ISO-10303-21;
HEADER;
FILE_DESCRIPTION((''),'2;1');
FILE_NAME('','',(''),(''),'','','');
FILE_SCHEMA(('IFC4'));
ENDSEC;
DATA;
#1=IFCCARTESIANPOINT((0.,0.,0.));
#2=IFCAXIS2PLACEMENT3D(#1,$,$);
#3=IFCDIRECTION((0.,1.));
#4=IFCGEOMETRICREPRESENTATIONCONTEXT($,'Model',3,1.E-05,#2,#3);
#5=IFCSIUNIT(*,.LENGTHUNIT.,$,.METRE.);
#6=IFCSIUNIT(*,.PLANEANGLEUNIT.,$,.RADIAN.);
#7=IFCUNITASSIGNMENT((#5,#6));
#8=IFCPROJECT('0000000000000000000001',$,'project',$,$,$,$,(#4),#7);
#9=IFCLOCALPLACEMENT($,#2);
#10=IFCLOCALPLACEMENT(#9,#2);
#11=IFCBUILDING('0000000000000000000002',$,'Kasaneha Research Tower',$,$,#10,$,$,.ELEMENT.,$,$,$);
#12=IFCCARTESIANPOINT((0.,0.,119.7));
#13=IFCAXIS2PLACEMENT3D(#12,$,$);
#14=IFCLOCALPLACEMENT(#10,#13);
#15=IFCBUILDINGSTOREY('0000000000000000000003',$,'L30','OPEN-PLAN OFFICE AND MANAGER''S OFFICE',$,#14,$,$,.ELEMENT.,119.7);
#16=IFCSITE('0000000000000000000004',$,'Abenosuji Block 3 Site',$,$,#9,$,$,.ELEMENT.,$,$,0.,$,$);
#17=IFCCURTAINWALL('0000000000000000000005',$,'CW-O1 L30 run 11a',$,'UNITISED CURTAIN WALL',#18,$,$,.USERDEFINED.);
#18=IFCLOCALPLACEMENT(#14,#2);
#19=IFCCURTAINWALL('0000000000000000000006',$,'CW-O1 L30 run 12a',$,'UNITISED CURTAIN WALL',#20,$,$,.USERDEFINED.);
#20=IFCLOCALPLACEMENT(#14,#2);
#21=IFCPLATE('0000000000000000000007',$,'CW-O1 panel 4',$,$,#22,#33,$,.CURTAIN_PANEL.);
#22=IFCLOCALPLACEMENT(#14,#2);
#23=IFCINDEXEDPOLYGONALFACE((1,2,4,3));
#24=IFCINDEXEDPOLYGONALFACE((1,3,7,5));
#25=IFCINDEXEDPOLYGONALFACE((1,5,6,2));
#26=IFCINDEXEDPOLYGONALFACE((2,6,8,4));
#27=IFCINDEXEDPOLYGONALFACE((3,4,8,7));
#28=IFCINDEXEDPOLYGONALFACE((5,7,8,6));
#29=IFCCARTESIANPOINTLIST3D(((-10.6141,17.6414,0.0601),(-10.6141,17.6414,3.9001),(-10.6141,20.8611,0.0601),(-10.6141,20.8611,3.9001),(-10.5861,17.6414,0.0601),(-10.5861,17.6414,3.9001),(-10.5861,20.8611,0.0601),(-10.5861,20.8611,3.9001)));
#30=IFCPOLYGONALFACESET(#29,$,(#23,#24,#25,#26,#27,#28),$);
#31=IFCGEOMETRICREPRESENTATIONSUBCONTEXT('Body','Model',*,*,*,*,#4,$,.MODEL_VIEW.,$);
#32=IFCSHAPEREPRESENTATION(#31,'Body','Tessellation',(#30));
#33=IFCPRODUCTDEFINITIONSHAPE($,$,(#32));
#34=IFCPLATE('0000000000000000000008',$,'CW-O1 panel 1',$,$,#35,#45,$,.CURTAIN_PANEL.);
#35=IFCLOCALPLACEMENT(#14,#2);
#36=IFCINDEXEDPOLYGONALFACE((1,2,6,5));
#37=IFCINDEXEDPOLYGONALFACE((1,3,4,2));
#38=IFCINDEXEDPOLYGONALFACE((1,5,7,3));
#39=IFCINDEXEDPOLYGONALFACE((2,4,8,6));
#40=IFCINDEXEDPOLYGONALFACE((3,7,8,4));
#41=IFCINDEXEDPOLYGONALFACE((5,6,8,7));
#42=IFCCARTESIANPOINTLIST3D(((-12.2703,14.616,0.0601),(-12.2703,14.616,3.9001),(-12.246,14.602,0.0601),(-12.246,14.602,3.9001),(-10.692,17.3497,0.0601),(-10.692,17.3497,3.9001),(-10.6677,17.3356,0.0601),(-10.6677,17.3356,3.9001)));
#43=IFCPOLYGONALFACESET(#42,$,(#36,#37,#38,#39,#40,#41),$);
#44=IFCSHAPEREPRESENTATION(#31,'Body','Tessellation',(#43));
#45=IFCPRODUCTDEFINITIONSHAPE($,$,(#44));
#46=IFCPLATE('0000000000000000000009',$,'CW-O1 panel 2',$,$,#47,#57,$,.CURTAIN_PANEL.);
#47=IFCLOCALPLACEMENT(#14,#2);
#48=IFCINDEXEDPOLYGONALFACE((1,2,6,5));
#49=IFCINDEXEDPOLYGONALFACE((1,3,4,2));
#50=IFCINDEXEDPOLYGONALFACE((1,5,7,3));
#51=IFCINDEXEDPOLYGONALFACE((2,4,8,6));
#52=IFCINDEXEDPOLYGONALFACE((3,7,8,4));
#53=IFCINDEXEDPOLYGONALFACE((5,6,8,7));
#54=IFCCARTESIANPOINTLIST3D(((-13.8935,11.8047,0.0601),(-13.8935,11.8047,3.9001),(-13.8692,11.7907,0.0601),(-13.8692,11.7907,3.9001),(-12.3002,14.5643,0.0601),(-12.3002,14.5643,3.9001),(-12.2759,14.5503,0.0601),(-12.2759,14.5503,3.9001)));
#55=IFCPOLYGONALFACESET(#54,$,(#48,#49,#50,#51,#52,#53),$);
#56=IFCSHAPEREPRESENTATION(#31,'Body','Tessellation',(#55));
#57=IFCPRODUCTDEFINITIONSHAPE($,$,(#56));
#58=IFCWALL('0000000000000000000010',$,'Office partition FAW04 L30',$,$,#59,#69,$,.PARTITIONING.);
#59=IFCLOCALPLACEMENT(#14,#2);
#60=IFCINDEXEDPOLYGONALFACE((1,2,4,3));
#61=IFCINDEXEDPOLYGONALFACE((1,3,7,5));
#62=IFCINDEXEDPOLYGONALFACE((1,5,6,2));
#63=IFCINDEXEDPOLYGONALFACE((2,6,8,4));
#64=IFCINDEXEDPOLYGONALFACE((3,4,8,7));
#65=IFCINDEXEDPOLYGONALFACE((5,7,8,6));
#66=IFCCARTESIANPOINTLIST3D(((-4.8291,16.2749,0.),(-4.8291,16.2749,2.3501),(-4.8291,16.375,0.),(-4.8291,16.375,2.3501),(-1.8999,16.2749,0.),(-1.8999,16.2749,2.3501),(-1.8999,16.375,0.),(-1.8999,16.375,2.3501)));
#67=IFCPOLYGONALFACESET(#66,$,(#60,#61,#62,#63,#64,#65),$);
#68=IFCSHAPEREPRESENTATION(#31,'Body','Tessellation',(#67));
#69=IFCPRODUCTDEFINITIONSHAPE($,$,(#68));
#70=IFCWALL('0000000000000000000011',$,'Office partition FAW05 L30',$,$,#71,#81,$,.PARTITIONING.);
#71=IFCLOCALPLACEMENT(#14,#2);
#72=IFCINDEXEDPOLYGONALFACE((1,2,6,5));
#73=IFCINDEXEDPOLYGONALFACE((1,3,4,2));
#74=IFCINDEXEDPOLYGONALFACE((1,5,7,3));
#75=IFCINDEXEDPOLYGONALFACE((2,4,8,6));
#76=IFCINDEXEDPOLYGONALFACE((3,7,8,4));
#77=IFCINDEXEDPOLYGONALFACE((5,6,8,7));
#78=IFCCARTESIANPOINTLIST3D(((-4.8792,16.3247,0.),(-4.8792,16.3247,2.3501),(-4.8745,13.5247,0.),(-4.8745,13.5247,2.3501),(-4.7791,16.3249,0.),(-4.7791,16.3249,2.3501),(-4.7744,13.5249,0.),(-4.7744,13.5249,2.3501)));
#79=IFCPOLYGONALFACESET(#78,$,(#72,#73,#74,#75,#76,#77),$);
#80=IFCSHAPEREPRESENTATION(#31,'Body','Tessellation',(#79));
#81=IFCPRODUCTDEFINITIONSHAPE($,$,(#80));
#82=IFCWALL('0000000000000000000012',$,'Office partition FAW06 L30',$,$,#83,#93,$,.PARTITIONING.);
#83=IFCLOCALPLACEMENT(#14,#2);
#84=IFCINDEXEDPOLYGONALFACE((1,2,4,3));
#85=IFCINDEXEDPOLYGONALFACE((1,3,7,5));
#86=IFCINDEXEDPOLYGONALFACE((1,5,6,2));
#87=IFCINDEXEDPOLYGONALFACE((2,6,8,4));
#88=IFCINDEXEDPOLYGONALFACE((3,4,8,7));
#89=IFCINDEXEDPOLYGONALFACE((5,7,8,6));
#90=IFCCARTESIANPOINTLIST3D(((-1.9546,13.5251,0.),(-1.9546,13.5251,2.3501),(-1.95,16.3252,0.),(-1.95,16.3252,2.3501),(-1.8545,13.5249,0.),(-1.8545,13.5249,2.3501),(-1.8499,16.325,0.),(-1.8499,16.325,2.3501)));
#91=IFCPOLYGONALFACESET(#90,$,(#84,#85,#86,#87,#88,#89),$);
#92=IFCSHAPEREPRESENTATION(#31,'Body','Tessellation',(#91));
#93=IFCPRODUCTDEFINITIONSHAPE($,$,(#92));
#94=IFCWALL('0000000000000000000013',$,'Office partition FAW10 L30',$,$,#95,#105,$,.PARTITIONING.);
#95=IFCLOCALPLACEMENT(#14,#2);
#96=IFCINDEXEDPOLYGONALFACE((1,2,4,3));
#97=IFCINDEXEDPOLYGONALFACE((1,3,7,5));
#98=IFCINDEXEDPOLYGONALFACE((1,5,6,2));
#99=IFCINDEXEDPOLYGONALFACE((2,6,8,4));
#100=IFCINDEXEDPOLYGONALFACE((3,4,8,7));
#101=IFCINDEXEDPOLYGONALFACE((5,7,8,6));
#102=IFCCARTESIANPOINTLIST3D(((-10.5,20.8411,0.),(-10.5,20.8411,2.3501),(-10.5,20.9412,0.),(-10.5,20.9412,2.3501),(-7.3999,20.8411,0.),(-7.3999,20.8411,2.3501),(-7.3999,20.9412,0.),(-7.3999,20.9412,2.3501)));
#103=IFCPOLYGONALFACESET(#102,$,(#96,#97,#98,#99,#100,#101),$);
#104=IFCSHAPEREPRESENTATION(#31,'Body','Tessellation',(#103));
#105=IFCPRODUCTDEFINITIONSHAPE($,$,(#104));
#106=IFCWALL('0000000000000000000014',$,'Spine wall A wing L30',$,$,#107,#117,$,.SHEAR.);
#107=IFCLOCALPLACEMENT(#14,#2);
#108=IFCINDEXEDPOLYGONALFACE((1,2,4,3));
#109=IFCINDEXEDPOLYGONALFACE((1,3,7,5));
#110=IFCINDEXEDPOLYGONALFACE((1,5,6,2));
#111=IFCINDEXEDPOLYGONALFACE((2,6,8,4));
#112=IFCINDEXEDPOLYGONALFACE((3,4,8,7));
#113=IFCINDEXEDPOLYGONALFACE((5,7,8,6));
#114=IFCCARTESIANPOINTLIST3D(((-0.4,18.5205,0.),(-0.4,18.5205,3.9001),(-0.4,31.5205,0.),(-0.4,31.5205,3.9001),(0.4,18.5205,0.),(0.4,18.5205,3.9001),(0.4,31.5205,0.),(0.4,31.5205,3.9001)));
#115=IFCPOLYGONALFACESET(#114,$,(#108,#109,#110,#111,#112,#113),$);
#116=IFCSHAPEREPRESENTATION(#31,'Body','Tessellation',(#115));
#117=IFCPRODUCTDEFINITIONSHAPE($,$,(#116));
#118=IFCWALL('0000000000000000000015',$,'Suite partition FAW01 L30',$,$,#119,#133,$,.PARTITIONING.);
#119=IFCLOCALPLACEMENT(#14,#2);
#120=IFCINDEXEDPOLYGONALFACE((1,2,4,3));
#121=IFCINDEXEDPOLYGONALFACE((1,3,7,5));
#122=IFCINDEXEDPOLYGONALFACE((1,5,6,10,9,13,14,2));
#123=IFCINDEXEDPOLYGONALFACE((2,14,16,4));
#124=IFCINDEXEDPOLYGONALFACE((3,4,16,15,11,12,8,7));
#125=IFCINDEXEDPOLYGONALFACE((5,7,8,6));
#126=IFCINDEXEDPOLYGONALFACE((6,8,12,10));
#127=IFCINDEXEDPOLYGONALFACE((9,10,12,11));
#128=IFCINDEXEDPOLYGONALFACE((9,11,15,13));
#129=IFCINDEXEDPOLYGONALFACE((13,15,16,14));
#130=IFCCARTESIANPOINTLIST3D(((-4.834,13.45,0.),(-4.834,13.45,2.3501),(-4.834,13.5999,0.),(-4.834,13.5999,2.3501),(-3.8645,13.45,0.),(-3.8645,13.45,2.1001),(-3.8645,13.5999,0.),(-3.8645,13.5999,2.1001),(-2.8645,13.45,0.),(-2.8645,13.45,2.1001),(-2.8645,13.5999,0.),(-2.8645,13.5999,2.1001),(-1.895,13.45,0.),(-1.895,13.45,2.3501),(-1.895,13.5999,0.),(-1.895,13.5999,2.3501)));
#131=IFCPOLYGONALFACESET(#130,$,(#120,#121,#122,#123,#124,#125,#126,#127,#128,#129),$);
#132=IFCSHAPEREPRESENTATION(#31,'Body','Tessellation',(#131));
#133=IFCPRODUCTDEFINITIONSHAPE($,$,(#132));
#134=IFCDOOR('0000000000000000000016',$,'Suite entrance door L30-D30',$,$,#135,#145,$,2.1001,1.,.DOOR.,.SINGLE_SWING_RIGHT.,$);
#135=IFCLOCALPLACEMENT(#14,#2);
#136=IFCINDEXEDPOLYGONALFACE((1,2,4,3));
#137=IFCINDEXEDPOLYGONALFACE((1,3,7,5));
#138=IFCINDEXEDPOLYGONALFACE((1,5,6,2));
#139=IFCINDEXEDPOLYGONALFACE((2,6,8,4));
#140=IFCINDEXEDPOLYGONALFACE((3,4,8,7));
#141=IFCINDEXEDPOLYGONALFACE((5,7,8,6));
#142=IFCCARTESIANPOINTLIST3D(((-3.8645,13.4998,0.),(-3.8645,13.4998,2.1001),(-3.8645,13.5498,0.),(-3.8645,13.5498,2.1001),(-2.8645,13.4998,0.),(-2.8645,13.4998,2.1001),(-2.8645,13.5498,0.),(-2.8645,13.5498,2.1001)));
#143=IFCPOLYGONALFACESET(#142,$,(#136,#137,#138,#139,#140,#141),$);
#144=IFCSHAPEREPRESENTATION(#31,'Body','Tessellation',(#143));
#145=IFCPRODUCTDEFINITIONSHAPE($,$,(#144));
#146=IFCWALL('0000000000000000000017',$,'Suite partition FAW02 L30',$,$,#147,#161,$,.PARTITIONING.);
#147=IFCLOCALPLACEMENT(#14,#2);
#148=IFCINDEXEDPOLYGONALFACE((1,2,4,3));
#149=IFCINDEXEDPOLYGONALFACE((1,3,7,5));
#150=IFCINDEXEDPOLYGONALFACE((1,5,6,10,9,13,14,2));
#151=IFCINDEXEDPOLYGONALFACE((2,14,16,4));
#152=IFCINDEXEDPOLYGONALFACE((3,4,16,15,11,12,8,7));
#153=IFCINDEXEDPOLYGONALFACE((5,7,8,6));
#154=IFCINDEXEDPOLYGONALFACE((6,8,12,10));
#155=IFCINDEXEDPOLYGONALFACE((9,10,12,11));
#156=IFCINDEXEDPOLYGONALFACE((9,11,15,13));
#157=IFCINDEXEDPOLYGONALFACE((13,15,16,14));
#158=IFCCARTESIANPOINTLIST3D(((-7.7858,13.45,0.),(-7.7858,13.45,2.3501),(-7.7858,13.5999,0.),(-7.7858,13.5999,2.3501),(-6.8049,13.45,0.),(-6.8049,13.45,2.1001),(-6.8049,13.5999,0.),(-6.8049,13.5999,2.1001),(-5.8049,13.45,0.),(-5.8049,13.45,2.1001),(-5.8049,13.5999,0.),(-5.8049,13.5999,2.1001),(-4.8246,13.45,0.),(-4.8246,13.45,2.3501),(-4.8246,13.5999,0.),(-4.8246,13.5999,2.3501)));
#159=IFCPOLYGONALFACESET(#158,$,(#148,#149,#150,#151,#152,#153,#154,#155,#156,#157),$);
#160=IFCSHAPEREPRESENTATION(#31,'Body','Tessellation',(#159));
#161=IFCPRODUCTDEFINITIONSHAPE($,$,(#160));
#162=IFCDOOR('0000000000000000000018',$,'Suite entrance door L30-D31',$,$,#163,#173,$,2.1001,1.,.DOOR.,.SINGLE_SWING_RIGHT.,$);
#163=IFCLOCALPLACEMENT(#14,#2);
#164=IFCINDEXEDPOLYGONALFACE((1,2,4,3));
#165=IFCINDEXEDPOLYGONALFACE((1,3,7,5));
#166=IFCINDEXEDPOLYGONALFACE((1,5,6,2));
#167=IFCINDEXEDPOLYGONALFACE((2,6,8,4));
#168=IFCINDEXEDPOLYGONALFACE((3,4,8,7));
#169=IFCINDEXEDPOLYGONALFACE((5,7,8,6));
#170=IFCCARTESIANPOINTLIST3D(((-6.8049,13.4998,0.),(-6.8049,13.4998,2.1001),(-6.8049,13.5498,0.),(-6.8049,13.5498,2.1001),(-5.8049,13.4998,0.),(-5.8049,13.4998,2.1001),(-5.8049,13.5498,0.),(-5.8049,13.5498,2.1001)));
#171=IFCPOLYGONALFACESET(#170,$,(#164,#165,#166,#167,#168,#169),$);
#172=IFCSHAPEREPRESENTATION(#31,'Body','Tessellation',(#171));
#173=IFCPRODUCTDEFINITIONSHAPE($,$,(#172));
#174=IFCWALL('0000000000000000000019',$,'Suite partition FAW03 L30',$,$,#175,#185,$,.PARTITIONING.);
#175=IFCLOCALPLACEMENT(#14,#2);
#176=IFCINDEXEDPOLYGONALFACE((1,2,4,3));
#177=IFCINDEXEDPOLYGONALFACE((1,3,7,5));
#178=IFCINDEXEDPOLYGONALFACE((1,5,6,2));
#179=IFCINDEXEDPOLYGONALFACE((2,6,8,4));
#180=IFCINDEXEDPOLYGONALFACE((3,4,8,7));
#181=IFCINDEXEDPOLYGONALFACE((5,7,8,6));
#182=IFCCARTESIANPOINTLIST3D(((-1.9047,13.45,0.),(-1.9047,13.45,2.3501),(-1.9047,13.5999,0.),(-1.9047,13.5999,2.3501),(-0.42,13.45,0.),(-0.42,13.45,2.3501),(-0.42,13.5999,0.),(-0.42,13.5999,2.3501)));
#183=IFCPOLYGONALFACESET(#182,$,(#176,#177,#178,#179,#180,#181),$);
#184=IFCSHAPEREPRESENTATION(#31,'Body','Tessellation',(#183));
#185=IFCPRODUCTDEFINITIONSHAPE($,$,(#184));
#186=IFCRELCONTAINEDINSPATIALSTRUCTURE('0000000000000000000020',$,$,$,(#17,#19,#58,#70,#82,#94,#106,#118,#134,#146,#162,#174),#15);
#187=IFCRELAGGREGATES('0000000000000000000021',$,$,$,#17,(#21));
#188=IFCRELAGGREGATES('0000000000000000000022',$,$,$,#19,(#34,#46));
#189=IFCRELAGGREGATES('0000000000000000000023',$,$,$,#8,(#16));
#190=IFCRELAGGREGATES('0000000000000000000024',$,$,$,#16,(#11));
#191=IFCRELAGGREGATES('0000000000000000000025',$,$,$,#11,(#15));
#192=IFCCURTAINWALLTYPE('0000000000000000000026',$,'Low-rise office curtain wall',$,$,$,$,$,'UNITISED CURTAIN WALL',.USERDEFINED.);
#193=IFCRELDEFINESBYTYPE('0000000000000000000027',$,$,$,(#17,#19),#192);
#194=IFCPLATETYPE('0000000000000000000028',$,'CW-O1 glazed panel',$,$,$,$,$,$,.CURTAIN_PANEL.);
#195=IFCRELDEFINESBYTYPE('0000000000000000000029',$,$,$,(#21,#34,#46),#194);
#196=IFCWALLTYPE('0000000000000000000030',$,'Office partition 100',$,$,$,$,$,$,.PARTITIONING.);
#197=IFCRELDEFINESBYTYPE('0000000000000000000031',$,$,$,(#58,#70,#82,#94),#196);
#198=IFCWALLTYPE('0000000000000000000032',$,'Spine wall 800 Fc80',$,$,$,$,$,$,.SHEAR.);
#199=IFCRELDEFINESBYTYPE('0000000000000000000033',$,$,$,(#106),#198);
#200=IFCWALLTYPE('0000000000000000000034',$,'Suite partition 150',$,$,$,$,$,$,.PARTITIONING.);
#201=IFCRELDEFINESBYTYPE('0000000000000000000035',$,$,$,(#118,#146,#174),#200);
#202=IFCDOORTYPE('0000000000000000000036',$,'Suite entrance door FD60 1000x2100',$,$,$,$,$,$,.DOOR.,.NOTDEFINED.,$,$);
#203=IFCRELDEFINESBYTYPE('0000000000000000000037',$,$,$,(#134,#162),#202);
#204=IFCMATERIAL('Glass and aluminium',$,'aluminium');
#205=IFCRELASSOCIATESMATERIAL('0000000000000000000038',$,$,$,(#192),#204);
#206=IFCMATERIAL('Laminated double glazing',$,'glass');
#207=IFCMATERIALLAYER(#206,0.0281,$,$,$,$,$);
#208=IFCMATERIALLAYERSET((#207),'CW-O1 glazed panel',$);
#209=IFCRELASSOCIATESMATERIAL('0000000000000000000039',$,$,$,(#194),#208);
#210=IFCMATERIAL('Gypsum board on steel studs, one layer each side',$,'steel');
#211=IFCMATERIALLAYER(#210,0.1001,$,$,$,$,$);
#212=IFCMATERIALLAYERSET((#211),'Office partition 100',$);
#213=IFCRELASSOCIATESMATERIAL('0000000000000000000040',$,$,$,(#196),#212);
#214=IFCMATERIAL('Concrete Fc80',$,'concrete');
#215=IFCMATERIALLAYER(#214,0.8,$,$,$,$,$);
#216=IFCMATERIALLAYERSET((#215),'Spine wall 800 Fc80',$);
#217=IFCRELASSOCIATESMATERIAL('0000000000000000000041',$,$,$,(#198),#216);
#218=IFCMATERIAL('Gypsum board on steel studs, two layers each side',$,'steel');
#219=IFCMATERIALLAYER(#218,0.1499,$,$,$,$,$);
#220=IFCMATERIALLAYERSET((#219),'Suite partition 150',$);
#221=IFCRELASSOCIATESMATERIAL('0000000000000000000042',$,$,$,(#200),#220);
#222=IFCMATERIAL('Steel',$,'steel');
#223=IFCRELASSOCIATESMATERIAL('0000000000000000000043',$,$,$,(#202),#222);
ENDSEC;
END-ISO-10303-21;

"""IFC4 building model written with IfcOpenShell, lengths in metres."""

from ifc_helpers import new_model, si_unit, direction, frame, frame_2d, origin, origin_2d, place, context, subcontext, project, spatial, rectangle, extrude, material, layer, layer_set, type_object, element, fill, aggregate, save


model = new_model("IFC4")

# Units and contexts
model_context = context("Model", 3, precision=1e-05, world=origin(), true_north=direction((0.0, 1.0)))
body_context = subcontext(model_context, "Body", "Model", "MODEL_VIEW")
ifc_project = project(units=[si_unit("LENGTHUNIT", "METRE"), si_unit("PLANEANGLEUNIT", "RADIAN")], contexts=[model_context])

# Site, building, storey
site_placement = place(None, origin())
site = spatial("IfcSite", under=ifc_project, at=site_placement, Name="Abenosuji Block 3 Site", CompositionType="ELEMENT", RefElevation=0.0)
building_placement = place(site_placement, origin())
building = spatial("IfcBuilding", under=site, at=building_placement, Name="Kasaneha Research Tower", CompositionType="ELEMENT")
storey_placement = place(building_placement, frame((0.0, 0.0, 119.7)))
storey = spatial("IfcBuildingStorey", under=building, at=storey_placement, Name="L30", Description="OPEN-PLAN OFFICE AND MANAGER'S OFFICE", CompositionType="ELEMENT", Elevation=119.7)

# Curtain walls
ifc_material_1 = material(Name="Glass and aluminium", Category="aluminium")
curtain_wall_type = type_object("IfcCurtainWallType", Name="Low-rise office curtain wall", ElementType="UNITISED CURTAIN WALL", PredefinedType="USERDEFINED", material=ifc_material_1)
curtain_wall_1_placement = place(storey_placement, origin())
curtain_wall_1 = element("IfcCurtainWall", 1, at=curtain_wall_1_placement, inside=storey, type_object=curtain_wall_type, Name="CW-O1 L30 run 11a", ObjectType="UNITISED CURTAIN WALL", PredefinedType="USERDEFINED")
curtain_wall_2_placement = place(storey_placement, origin())
curtain_wall_2 = element("IfcCurtainWall", 2, at=curtain_wall_2_placement, inside=storey, type_object=curtain_wall_type, Name="CW-O1 L30 run 12a", ObjectType="UNITISED CURTAIN WALL", PredefinedType="USERDEFINED")

# Plates
ifc_material_2 = material(Name="Laminated double glazing", Category="glass")
ifc_layer_1 = layer(ifc_material_2, 0.0281)
ifc_layer_set_1 = layer_set([ifc_layer_1], Name="CW-O1 glazed panel")
plate_type = type_object("IfcPlateType", Name="CW-O1 glazed panel", PredefinedType="CURTAIN_PANEL", material=ifc_layer_set_1)
plate_1_placement = place(storey_placement, frame((-10.6001, 19.2512, 0.0601), z_axis=(0.0, 0.0, 1.0), x_axis=(0.0, -1.0, 0.0)))
plate_1 = element("IfcPlate", 3, at=plate_1_placement, type_object=plate_type, Name="CW-O1 panel 4", PredefinedType="CURTAIN_PANEL", context=body_context, shape_type="SweptSolid", body=[
    extrude(rectangle(XDim=3.2197, YDim=0.0281, at=origin_2d()), origin(), (0.0, 0.0, 1.0), 3.8401),
])
aggregate(curtain_wall_1, [plate_1])
plate_2_placement = place(storey_placement, frame((-11.469, 15.9758, 0.0601), z_axis=(0.0, 0.0, 1.0), x_axis=(-0.5, -0.866025, 0.0)))
plate_2 = element("IfcPlate", 4, at=plate_2_placement, type_object=plate_type, Name="CW-O1 panel 1", PredefinedType="CURTAIN_PANEL", context=body_context, shape_type="SweptSolid", body=[
    extrude(rectangle(XDim=3.1565, YDim=0.0281, at=origin_2d()), origin(), (0.0, 0.0, 1.0), 3.8401),
])
plate_3_placement = place(storey_placement, frame((-13.0847, 13.1775, 0.0601), z_axis=(0.0, 0.0, 1.0), x_axis=(-0.5, -0.866025, 0.0)))
plate_3 = element("IfcPlate", 5, at=plate_3_placement, type_object=plate_type, Name="CW-O1 panel 2", PredefinedType="CURTAIN_PANEL", context=body_context, shape_type="SweptSolid", body=[
    extrude(rectangle(XDim=3.1865, YDim=0.0281, at=origin_2d()), origin(), (0.0, 0.0, 1.0), 3.8401),
])
aggregate(curtain_wall_2, [plate_2, plate_3])

# Walls
ifc_material_3 = material(Name="Gypsum board on steel studs, one layer each side", Category="steel")
ifc_layer_2 = layer(ifc_material_3, 0.1001)
ifc_layer_set_2 = layer_set([ifc_layer_2], Name="Office partition 100")
wall_type_1 = type_object("IfcWallType", Name="Office partition 100", PredefinedType="PARTITIONING", material=ifc_layer_set_2)
wall_1_placement = place(storey_placement, frame((-4.8291, 16.325, 0.0), z_axis=(0.0, 0.0, 1.0), x_axis=(1.0, 0.0, 0.0)))
element("IfcWall", 6, at=wall_1_placement, inside=storey, type_object=wall_type_1, Name="Office partition FAW04 L30", PredefinedType="PARTITIONING", context=body_context, shape_type="SweptSolid", body=[
    extrude(rectangle(XDim=2.9292, YDim=0.1001, at=frame_2d((1.4646, 0.0))), origin(), (0.0, 0.0, 1.0), 2.3501),
])
for number, where, z_axis, x_axis, name in (
    (7, (-4.8245, 13.5249, 0.0), (0.0, 0.0, 1.0), (-0.001657, 0.999999, 0.0), "Office partition FAW05 L30"),
    (8, (-1.8999, 16.325, 0.0), (0.0, 0.0, 1.0), (-0.001657, -0.999999, 0.0), "Office partition FAW06 L30"),
):
    element("IfcWall", number, at=place(storey_placement, frame(where, z_axis=z_axis, x_axis=x_axis)), inside=storey, type_object=wall_type_1, Name=name, PredefinedType="PARTITIONING", context=body_context, shape_type="SweptSolid", body=[
        extrude(rectangle(XDim=2.8, YDim=0.1001, at=frame_2d((1.3999, 0.0))), origin(), (0.0, 0.0, 1.0), 2.3501),
    ])
wall_2_placement = place(storey_placement, frame((-7.3999, 20.8911, 0.0), z_axis=(0.0, 0.0, 1.0), x_axis=(-1.0, 0.0, 0.0)))
element("IfcWall", 9, at=wall_2_placement, inside=storey, type_object=wall_type_1, Name="Office partition FAW10 L30", PredefinedType="PARTITIONING", context=body_context, shape_type="SweptSolid", body=[
    extrude(rectangle(XDim=3.1001, YDim=0.1001, at=frame_2d((1.55, 0.0))), origin(), (0.0, 0.0, 1.0), 2.3501),
])
ifc_material_4 = material(Name="Concrete Fc80", Category="concrete")
ifc_layer_3 = layer(ifc_material_4, 0.8)
ifc_layer_set_3 = layer_set([ifc_layer_3], Name="Spine wall 800 Fc80")
wall_type_2 = type_object("IfcWallType", Name="Spine wall 800 Fc80", PredefinedType="SHEAR", material=ifc_layer_set_3)
wall_3_placement = place(storey_placement, frame((0.0, 18.5205, 0.0), z_axis=(0.0, 0.0, 1.0), x_axis=(0.0, 1.0, 0.0)))
element("IfcWall", 10, at=wall_3_placement, inside=storey, type_object=wall_type_2, Name="Spine wall A wing L30", PredefinedType="SHEAR", context=body_context, shape_type="SweptSolid", body=[
    extrude(rectangle(XDim=13.0, YDim=0.8, at=frame_2d((6.5, 0.0))), origin(), (0.0, 0.0, 1.0), 3.9001),
])

# Walls, openings, doors
ifc_material_5 = material(Name="Gypsum board on steel studs, two layers each side", Category="steel")
ifc_layer_4 = layer(ifc_material_5, 0.1499)
ifc_layer_set_4 = layer_set([ifc_layer_4], Name="Suite partition 150")
wall_type_3 = type_object("IfcWallType", Name="Suite partition 150", PredefinedType="PARTITIONING", material=ifc_layer_set_4)
wall_4_placement = place(storey_placement, frame((-4.834, 13.5249, 0.0), z_axis=(0.0, 0.0, 1.0), x_axis=(1.0, 0.0, 0.0)))
wall_4 = element("IfcWall", 11, at=wall_4_placement, inside=storey, type_object=wall_type_3, Name="Suite partition FAW01 L30", PredefinedType="PARTITIONING", context=body_context, shape_type="SweptSolid", body=[
    extrude(rectangle(XDim=2.939, YDim=0.1499, at=frame_2d((1.4695, 0.0))), origin(), (0.0, 0.0, 1.0), 2.3501),
])
opening_1_placement = place(wall_4_placement, frame((0.9695, 0.0, 0.0)))
opening_1 = element("IfcOpeningElement", 12, at=opening_1_placement, cuts=wall_4, PredefinedType="OPENING", context=body_context, shape_type="SweptSolid", body=[
    extrude(rectangle(XDim=1.0, YDim=2.1001, at=frame_2d((0.5, 1.05))), frame((0.0, 0.085, 0.0), z_axis=(0.0, -1.0, 0.0), x_axis=(1.0, 0.0, 0.0)), (0.0, 0.0, 1.0), 0.1699),
])
ifc_material_6 = material(Name="Steel", Category="steel")
door_type = type_object("IfcDoorType", Name="Suite entrance door FD60 1000x2100", OperationType="NOTDEFINED", PredefinedType="DOOR", material=ifc_material_6)
door_1_placement = place(opening_1_placement, origin())
door_1 = element("IfcDoor", 13, at=door_1_placement, inside=storey, type_object=door_type, Name="Suite entrance door L30-D30", OperationType="SINGLE_SWING_RIGHT", OverallHeight=2.1001, OverallWidth=1.0, PredefinedType="DOOR", context=body_context, shape_type="SweptSolid", body=[
    extrude(rectangle(XDim=1.0, YDim=2.1001, at=frame_2d((0.5, 1.05))), frame((0.0, 0.0249, 0.0), z_axis=(0.0, -1.0, 0.0), x_axis=(1.0, 0.0, 0.0)), (0.0, 0.0, 1.0), 0.05),
])
fill(opening_1, door_1)
wall_5_placement = place(storey_placement, frame((-7.7856, 13.5249, 0.0), z_axis=(0.0, 0.0, 1.0), x_axis=(1.0, 0.0, 0.0)))
wall_5 = element("IfcWall", 14, at=wall_5_placement, inside=storey, type_object=wall_type_3, Name="Suite partition FAW02 L30", PredefinedType="PARTITIONING", context=body_context, shape_type="SweptSolid", body=[
    extrude(rectangle(XDim=2.9612, YDim=0.1499, at=frame_2d((1.4805, 0.0))), origin(), (0.0, 0.0, 1.0), 2.3501),
])
opening_2_placement = place(wall_5_placement, frame((0.9807, 0.0, 0.0)))
opening_2 = element("IfcOpeningElement", 15, at=opening_2_placement, cuts=wall_5, PredefinedType="OPENING", context=body_context, shape_type="SweptSolid", body=[
    extrude(rectangle(XDim=1.0, YDim=2.1001, at=frame_2d((0.5, 1.05))), frame((0.0, 0.085, 0.0), z_axis=(0.0, -1.0, 0.0), x_axis=(1.0, 0.0, 0.0)), (0.0, 0.0, 1.0), 0.1699),
])
door_2_placement = place(opening_2_placement, origin())
door_2 = element("IfcDoor", 16, at=door_2_placement, inside=storey, type_object=door_type, Name="Suite entrance door L30-D31", OperationType="SINGLE_SWING_RIGHT", OverallHeight=2.1001, OverallWidth=1.0, PredefinedType="DOOR", context=body_context, shape_type="SweptSolid", body=[
    extrude(rectangle(XDim=1.0, YDim=2.1001, at=frame_2d((0.5, 1.05))), frame((0.0, 0.0249, 0.0), z_axis=(0.0, -1.0, 0.0), x_axis=(1.0, 0.0, 0.0)), (0.0, 0.0, 1.0), 0.05),
])
fill(opening_2, door_2)

# Wall
wall_6_placement = place(storey_placement, frame((-1.9045, 13.5249, 0.0), z_axis=(0.0, 0.0, 1.0), x_axis=(1.0, 0.0, 0.0)))
element("IfcWall", 17, at=wall_6_placement, inside=storey, type_object=wall_type_3, Name="Suite partition FAW03 L30", PredefinedType="PARTITIONING", context=body_context, shape_type="SweptSolid", body=[
    extrude(rectangle(XDim=1.4846, YDim=0.1499, at=frame_2d((0.7422, 0.0))), origin(), (0.0, 0.0, 1.0), 2.3501),
])

save(model, "model.ifc")
